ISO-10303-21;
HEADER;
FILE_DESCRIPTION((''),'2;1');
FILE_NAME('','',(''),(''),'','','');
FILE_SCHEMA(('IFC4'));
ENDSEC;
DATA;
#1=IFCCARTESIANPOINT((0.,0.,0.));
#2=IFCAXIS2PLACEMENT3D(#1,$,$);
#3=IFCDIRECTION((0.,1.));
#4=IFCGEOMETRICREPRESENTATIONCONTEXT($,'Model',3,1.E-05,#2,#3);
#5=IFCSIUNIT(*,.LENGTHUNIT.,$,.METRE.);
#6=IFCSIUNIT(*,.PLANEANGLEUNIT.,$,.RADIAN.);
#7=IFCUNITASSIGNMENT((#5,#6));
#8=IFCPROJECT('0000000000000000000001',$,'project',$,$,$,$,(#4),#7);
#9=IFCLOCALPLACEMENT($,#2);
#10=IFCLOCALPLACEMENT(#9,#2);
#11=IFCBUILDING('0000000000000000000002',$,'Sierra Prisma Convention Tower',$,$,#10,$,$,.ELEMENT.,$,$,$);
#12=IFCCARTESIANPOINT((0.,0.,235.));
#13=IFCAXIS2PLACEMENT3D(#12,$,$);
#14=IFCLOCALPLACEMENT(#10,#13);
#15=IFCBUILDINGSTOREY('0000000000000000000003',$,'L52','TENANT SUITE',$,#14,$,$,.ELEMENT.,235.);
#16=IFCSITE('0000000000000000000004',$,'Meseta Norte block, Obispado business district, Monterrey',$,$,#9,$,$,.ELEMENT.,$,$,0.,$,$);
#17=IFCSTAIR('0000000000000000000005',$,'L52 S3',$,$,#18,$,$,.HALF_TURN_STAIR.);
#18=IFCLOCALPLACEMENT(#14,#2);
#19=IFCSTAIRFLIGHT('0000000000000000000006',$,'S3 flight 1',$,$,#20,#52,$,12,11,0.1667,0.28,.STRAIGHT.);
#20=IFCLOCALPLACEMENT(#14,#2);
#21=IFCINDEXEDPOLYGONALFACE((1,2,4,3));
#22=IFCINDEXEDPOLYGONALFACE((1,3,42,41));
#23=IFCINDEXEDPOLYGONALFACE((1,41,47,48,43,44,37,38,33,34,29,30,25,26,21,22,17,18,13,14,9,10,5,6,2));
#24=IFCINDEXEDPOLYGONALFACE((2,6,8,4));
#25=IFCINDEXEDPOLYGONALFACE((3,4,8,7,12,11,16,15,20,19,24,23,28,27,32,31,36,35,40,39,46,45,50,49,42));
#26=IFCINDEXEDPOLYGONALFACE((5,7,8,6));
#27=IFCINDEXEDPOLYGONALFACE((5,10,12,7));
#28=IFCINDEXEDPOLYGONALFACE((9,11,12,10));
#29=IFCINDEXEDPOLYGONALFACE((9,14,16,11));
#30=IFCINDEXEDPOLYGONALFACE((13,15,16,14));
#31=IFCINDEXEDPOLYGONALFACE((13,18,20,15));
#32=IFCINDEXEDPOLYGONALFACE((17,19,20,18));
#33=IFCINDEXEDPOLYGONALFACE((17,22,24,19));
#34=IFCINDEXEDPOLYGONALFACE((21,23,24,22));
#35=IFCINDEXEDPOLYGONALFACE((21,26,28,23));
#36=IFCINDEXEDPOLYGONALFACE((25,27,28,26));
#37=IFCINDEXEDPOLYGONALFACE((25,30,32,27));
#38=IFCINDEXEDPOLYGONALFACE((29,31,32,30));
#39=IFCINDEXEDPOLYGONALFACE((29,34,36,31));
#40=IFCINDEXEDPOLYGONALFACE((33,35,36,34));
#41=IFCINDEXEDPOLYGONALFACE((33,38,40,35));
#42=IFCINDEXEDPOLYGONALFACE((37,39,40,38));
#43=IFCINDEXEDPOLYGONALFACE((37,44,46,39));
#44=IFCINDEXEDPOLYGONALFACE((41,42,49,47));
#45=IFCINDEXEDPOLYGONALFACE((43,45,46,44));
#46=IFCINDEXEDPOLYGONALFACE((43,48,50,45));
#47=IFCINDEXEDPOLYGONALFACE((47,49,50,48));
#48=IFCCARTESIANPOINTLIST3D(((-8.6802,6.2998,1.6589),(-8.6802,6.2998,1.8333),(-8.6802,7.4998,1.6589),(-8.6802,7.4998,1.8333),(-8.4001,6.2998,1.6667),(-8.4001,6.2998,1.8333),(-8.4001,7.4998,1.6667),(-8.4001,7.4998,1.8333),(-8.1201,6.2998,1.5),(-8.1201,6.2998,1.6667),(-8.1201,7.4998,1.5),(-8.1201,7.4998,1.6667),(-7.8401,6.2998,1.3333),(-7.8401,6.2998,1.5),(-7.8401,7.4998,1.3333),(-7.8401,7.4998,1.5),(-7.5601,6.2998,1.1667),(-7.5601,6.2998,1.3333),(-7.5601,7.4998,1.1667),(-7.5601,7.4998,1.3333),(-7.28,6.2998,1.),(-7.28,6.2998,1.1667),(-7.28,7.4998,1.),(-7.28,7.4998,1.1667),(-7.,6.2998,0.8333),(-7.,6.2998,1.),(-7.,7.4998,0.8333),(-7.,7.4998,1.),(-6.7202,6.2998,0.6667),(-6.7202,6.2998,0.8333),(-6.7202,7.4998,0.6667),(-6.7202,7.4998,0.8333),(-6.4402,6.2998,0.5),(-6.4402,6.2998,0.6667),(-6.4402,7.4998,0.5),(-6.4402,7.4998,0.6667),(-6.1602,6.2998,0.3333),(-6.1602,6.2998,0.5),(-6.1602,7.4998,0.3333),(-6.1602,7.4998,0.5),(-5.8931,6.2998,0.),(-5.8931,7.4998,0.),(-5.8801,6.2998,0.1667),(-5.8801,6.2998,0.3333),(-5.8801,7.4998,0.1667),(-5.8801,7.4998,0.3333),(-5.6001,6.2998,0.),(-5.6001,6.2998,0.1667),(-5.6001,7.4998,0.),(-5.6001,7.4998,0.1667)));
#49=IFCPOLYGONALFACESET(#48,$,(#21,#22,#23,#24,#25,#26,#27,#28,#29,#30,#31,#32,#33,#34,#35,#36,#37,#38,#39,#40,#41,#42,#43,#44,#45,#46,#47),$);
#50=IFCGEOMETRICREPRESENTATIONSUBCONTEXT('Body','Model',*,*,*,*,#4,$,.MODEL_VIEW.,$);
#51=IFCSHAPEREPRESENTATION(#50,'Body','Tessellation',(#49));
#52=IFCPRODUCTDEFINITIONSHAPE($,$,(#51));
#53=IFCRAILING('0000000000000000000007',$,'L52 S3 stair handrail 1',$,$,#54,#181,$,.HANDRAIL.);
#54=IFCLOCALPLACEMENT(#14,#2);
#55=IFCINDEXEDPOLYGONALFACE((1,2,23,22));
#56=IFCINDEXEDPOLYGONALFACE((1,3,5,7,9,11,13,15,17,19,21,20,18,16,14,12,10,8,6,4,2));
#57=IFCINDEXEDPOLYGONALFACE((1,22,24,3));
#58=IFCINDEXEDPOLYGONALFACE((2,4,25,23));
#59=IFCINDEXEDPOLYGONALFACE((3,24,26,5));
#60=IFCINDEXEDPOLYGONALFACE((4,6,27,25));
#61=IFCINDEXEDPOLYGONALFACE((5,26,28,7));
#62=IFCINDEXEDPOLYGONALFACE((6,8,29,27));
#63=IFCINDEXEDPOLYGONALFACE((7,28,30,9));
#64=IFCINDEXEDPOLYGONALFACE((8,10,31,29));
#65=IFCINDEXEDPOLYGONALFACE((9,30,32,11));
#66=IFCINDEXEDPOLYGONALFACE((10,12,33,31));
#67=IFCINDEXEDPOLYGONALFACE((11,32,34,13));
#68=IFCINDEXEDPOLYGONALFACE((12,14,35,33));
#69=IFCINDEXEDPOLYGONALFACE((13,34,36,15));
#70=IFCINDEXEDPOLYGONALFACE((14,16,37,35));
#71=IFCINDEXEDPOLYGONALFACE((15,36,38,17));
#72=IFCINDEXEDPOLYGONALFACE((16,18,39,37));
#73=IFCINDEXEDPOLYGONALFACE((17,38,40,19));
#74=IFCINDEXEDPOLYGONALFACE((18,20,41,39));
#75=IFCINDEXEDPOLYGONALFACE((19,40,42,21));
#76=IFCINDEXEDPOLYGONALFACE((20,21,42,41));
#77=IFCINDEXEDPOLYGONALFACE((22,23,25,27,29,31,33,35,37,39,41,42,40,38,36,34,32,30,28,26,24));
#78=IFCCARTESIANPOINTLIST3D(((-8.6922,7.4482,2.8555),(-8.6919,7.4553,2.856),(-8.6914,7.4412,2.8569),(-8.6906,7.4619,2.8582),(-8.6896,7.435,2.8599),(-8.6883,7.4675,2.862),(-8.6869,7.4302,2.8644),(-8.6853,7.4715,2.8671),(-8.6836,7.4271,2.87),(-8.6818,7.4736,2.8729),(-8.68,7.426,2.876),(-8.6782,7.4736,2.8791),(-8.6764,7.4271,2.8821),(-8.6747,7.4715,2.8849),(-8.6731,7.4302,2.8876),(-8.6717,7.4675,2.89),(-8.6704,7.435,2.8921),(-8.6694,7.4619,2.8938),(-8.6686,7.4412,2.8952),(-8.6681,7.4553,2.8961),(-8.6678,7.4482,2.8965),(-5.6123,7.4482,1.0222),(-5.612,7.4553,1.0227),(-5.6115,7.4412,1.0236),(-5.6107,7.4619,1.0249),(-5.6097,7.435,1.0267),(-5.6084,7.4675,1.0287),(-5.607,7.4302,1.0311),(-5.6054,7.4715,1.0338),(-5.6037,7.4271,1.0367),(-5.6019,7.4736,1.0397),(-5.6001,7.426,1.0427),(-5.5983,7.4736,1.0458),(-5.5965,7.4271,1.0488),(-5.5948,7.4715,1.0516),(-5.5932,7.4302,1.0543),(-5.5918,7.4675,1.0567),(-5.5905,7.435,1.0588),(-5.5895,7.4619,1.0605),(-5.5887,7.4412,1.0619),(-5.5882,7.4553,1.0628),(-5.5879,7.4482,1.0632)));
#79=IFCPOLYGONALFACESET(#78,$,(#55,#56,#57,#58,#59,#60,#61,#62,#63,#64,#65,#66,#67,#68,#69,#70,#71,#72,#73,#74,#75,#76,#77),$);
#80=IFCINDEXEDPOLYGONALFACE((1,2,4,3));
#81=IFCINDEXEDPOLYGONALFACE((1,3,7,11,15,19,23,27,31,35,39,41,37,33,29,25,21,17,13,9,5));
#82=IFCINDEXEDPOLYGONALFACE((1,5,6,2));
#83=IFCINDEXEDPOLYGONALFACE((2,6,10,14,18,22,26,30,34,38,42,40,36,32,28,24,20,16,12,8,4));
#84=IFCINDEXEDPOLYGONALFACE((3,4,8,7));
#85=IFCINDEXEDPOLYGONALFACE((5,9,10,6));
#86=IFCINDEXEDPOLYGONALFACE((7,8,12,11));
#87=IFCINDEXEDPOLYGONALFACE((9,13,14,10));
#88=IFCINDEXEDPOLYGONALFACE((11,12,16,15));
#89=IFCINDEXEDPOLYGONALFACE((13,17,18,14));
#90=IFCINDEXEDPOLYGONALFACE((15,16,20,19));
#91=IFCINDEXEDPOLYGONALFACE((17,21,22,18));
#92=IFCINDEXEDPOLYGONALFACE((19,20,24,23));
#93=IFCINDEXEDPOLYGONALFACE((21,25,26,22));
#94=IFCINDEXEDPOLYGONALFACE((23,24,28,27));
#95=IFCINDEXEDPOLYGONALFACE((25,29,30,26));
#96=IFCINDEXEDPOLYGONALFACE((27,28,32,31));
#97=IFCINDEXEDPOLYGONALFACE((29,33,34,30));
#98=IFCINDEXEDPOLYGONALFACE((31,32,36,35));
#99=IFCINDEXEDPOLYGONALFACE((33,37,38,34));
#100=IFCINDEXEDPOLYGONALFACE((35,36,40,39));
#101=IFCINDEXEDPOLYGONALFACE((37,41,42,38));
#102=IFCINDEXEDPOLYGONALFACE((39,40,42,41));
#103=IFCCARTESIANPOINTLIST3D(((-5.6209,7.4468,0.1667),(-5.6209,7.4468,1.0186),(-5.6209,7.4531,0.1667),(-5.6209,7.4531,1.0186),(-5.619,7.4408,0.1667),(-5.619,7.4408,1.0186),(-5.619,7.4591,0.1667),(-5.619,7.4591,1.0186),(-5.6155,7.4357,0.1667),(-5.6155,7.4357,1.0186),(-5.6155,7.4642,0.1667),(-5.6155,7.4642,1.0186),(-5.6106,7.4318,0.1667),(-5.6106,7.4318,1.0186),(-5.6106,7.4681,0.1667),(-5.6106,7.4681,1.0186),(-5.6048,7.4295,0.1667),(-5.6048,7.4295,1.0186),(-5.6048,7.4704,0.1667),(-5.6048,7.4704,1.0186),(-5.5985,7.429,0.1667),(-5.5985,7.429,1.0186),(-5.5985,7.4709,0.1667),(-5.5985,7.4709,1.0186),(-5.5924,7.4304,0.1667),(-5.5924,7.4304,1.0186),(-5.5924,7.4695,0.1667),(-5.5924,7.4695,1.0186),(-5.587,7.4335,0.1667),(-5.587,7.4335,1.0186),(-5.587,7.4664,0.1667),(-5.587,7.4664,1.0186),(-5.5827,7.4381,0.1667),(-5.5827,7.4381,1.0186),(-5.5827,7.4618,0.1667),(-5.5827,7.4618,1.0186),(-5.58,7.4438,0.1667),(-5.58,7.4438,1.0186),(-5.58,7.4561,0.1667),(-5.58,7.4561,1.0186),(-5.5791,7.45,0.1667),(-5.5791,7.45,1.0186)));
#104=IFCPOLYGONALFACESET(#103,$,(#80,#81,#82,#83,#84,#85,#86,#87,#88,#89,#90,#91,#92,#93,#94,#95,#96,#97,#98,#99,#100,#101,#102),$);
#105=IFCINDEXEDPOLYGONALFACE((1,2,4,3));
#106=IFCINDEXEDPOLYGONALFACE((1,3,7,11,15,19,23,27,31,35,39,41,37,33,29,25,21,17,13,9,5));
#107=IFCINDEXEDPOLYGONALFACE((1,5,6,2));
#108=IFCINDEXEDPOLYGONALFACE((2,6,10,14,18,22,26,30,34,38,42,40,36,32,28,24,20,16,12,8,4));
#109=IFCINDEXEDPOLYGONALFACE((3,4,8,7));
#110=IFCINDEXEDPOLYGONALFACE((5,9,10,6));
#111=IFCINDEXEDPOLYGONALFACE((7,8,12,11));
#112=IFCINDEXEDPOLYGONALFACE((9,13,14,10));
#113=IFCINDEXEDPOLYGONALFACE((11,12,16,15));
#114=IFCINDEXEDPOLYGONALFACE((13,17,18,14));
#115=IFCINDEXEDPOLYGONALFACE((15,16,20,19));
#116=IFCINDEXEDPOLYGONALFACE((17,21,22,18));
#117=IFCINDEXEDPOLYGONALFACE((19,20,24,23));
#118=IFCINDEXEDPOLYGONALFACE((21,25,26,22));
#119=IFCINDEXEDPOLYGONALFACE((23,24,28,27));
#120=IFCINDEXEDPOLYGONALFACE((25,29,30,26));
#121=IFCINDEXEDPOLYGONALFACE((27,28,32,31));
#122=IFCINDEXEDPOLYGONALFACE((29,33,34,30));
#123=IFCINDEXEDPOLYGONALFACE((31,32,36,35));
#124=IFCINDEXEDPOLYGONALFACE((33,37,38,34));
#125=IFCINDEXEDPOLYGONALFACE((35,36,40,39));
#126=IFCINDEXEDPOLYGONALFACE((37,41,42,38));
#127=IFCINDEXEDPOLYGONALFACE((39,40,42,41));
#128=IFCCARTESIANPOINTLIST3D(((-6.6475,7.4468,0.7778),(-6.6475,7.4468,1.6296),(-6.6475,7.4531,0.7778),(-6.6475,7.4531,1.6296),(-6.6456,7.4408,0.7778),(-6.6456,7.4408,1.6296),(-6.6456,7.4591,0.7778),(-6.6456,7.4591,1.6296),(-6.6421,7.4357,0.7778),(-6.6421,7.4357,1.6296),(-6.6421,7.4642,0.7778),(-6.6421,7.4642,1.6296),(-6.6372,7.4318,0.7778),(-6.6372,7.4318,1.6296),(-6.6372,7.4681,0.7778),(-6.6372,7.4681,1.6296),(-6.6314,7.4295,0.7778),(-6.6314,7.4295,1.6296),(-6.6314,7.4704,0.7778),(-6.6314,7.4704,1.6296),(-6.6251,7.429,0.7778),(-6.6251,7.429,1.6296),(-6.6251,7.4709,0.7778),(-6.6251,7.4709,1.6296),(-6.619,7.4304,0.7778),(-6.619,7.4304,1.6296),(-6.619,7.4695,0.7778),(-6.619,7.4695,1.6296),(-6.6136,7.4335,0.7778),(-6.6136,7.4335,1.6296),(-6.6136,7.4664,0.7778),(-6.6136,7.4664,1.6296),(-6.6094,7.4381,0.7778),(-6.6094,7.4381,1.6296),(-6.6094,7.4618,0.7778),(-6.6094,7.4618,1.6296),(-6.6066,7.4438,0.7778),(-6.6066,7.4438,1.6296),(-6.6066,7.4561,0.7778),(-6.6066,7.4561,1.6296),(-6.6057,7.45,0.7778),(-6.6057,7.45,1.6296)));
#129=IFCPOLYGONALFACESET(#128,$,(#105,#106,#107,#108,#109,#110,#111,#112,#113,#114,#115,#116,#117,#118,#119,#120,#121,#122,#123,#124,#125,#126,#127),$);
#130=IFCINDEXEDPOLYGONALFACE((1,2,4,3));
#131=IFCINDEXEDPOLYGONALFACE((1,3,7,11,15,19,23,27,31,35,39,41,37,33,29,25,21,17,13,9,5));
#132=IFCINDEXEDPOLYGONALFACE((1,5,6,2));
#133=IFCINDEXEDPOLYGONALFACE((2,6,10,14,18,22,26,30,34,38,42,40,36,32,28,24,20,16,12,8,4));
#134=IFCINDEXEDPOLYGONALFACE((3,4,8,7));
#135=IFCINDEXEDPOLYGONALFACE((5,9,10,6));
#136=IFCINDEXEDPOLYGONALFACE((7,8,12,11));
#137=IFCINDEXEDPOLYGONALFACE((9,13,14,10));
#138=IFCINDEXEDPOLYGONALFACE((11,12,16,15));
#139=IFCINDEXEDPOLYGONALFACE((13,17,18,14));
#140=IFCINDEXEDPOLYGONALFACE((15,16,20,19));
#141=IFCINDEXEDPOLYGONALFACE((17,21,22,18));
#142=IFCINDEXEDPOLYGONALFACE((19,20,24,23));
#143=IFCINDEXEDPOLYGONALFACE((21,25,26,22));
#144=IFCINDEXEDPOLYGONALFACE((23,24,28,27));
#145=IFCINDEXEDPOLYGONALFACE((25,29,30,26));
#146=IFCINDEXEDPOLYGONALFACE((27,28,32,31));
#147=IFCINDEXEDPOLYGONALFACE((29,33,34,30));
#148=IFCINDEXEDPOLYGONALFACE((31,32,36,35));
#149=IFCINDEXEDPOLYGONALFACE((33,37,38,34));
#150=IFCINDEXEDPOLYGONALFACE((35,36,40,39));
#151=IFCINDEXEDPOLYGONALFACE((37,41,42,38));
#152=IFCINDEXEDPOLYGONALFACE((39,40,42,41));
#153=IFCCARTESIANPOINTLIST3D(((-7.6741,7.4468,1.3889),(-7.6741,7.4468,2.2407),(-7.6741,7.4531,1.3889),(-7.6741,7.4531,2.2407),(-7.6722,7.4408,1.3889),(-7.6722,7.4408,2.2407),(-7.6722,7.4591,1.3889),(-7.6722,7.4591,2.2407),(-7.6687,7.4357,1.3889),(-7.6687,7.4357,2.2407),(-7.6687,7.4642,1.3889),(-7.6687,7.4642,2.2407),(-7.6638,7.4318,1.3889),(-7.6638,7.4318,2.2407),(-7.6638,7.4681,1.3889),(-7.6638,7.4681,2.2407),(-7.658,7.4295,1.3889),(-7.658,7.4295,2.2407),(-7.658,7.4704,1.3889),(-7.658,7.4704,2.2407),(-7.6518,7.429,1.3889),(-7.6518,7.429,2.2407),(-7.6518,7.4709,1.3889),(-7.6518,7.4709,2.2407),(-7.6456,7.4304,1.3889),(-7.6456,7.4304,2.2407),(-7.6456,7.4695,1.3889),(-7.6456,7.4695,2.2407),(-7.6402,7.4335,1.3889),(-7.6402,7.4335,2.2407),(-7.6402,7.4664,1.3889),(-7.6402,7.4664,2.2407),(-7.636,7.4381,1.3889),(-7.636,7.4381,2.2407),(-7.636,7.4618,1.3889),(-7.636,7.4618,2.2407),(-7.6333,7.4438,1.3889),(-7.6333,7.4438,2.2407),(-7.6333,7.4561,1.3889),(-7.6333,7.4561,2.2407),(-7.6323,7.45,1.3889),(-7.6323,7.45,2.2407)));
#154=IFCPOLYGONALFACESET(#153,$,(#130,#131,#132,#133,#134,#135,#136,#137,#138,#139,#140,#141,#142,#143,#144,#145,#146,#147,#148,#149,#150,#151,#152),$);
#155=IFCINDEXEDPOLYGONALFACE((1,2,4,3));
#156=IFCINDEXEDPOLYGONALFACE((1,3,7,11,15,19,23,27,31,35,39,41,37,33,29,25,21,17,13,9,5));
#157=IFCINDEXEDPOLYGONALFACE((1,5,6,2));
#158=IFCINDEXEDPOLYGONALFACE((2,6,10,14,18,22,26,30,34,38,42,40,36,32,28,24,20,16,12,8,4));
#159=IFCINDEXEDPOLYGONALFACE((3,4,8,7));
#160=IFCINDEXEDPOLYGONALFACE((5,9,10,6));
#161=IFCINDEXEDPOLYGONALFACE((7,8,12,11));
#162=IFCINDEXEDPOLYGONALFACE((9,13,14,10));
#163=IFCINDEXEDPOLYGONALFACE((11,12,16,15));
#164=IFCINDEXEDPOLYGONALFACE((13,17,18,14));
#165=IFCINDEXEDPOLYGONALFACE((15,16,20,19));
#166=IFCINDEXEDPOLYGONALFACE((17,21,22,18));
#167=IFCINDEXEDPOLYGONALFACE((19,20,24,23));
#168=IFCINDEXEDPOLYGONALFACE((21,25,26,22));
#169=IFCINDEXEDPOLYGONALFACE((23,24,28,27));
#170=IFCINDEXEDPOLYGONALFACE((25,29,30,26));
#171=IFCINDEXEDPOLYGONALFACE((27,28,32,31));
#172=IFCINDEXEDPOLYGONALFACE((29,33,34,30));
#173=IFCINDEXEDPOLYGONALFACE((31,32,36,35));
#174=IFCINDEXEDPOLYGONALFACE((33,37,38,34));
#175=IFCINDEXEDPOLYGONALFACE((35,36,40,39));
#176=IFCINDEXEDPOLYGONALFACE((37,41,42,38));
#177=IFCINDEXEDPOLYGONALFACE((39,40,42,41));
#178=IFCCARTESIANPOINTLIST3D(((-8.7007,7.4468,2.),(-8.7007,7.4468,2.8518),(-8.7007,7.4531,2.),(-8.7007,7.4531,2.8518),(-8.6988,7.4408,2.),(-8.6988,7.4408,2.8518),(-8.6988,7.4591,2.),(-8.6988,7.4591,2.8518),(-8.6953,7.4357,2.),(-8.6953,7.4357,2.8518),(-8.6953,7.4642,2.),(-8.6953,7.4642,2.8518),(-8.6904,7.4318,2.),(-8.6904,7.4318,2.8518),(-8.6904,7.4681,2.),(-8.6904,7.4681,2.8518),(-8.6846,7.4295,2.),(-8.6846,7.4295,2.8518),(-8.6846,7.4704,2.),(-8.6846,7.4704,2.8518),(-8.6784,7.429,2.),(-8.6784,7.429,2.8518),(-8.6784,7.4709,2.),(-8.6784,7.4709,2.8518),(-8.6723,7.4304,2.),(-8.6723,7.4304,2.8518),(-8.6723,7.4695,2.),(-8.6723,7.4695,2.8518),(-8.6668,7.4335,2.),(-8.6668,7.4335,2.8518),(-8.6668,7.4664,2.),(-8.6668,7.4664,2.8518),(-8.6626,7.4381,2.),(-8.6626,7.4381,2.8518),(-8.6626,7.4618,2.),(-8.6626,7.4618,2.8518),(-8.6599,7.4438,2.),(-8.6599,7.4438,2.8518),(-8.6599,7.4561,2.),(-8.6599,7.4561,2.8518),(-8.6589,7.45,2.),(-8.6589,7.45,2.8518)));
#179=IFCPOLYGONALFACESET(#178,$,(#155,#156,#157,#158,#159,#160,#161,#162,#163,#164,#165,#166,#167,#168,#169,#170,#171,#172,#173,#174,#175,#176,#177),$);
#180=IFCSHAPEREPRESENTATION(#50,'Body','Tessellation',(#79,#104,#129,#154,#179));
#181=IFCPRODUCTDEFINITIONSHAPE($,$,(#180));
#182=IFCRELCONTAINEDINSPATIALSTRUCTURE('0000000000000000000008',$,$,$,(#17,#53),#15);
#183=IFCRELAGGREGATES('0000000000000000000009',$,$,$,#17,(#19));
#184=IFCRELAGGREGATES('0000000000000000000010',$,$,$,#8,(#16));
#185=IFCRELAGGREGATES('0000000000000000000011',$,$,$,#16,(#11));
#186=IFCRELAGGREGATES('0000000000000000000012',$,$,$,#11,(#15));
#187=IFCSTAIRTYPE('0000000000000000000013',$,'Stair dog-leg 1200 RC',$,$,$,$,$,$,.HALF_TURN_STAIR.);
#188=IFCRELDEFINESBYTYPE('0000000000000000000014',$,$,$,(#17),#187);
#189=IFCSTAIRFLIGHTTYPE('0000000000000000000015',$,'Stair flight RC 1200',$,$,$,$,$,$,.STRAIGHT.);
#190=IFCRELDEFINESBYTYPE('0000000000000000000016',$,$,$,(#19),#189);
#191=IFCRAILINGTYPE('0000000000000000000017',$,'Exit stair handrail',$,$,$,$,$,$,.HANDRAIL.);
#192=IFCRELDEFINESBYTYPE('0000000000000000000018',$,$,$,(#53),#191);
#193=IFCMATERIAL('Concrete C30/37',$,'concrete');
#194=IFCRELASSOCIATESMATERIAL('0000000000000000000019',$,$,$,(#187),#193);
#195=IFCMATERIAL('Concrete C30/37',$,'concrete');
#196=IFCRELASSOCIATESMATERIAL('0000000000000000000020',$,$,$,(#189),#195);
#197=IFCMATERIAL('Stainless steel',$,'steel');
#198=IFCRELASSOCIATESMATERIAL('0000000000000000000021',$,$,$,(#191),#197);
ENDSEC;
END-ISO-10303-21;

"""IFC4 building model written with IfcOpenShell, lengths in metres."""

from ifc_helpers import new_model, si_unit, direction, frame, origin, origin_2d, place, context, subcontext, project, spatial, polyline, circle, outline, extrude, material, type_object, element, aggregate, save


model = new_model("IFC4")

# Units and contexts
model_context = context("Model", 3, precision=1e-05, world=origin(), true_north=direction((0.0, 1.0)))
body_context = subcontext(model_context, "Body", "Model", "MODEL_VIEW")
ifc_project = project(units=[si_unit("LENGTHUNIT", "METRE"), si_unit("PLANEANGLEUNIT", "RADIAN")], contexts=[model_context])

# Site, building, storey
site_placement = place(None, origin())
site = spatial("IfcSite", under=ifc_project, at=site_placement, Name="Meseta Norte block, Obispado business district, Monterrey", CompositionType="ELEMENT", RefElevation=0.0)
building_placement = place(site_placement, origin())
building = spatial("IfcBuilding", under=site, at=building_placement, Name="Sierra Prisma Convention Tower", CompositionType="ELEMENT")
storey_placement = place(building_placement, frame((0.0, 0.0, 235.0)))
storey = spatial("IfcBuildingStorey", under=building, at=storey_placement, Name="L52", Description="TENANT SUITE", CompositionType="ELEMENT", Elevation=235.0)

# Stair, stair flight
ifc_material_1 = material(Name="Concrete C30/37", Category="concrete")
stair_type = type_object("IfcStairType", Name="Stair dog-leg 1200 RC", PredefinedType="HALF_TURN_STAIR", material=ifc_material_1)
stair_placement = place(storey_placement, origin())
stair = element("IfcStair", 1, at=stair_placement, inside=storey, type_object=stair_type, Name="L52 S3", PredefinedType="HALF_TURN_STAIR")
ifc_material_2 = material(Name="Concrete C30/37", Category="concrete")
stair_flight_type = type_object("IfcStairFlightType", Name="Stair flight RC 1200", PredefinedType="STRAIGHT", material=ifc_material_2)
stair_flight_placement = place(storey_placement, frame((-5.6001, 6.8999, 0.0), z_axis=(0.0, 0.0, 1.0), x_axis=(-1.0, 0.0, 0.0)))
stair_flight = element("IfcStairFlight", 2, at=stair_flight_placement, type_object=stair_flight_type, Name="S3 flight 1", NumberOfRisers=12, NumberOfTreads=11, PredefinedType="STRAIGHT", RiserHeight=0.1667, TreadLength=0.28, context=body_context, shape_type="SweptSolid", body=[
    extrude(outline(polyline([(0.0, 0.0), (0.0, 0.1667), (0.28, 0.1667), (0.28, 0.3333), (0.5601, 0.3333), (0.5601, 0.5), (0.8401, 0.5), (0.8401, 0.6667), (1.1201, 0.6667), (1.1201, 0.8333), (1.3999, 0.8333), (1.3999, 1.0), (1.6799, 1.0), (1.6799, 1.1667), (1.96, 1.1667), (1.96, 1.3333), (2.24, 1.3333), (2.24, 1.5), (2.52, 1.5), (2.52, 1.6667), (2.8, 1.6667), (2.8, 1.8333), (3.0801, 1.8333), (3.0801, 2.0), (3.0801, 1.6589), (0.293, 0.0), (0.0, 0.0)])), frame((0.0, 0.6001, 0.0), z_axis=(0.0, -1.0, 0.0), x_axis=(1.0, 0.0, 0.0)), (0.0, 0.0, 1.0), 1.2),
])
aggregate(stair, [stair_flight])

# Railing
ifc_material_3 = material(Name="Stainless steel", Category="steel")
railing_type_1 = type_object("IfcRailingType", Name="Exit stair handrail", PredefinedType="HANDRAIL", material=ifc_material_3)
railing_1_placement = place(storey_placement, frame((-5.6001, 7.45, 0.1667)))
element("IfcRailing", 3, at=railing_1_placement, inside=storey, type_object=railing_type_1, Name="L52 S3 stair handrail 1", PredefinedType="HANDRAIL", context=body_context, shape_type="SweptSolid", body=[
    extrude(circle(Radius=0.0239, at=origin_2d()), frame((0.0, 0.0, 0.876), z_axis=(-0.859291, 0.0, 0.511487), x_axis=(0.0, -1.0, 0.0)), (0.0, 0.0, 1.0), 3.5842),
    extrude(circle(Radius=0.021, at=origin_2d()), origin(), (0.0, 0.0, 1.0), 0.8518),
    extrude(circle(Radius=0.021, at=origin_2d()), frame((-1.0266, 0.0, 0.6111)), (0.0, 0.0, 1.0), 0.8518),
    extrude(circle(Radius=0.021, at=origin_2d()), frame((-2.0532, 0.0, 1.2222)), (0.0, 0.0, 1.0), 0.8518),
    extrude(circle(Radius=0.021, at=origin_2d()), frame((-3.0798, 0.0, 1.8333)), (0.0, 0.0, 1.0), 0.8518),
])

save(model, "model.ifc")
